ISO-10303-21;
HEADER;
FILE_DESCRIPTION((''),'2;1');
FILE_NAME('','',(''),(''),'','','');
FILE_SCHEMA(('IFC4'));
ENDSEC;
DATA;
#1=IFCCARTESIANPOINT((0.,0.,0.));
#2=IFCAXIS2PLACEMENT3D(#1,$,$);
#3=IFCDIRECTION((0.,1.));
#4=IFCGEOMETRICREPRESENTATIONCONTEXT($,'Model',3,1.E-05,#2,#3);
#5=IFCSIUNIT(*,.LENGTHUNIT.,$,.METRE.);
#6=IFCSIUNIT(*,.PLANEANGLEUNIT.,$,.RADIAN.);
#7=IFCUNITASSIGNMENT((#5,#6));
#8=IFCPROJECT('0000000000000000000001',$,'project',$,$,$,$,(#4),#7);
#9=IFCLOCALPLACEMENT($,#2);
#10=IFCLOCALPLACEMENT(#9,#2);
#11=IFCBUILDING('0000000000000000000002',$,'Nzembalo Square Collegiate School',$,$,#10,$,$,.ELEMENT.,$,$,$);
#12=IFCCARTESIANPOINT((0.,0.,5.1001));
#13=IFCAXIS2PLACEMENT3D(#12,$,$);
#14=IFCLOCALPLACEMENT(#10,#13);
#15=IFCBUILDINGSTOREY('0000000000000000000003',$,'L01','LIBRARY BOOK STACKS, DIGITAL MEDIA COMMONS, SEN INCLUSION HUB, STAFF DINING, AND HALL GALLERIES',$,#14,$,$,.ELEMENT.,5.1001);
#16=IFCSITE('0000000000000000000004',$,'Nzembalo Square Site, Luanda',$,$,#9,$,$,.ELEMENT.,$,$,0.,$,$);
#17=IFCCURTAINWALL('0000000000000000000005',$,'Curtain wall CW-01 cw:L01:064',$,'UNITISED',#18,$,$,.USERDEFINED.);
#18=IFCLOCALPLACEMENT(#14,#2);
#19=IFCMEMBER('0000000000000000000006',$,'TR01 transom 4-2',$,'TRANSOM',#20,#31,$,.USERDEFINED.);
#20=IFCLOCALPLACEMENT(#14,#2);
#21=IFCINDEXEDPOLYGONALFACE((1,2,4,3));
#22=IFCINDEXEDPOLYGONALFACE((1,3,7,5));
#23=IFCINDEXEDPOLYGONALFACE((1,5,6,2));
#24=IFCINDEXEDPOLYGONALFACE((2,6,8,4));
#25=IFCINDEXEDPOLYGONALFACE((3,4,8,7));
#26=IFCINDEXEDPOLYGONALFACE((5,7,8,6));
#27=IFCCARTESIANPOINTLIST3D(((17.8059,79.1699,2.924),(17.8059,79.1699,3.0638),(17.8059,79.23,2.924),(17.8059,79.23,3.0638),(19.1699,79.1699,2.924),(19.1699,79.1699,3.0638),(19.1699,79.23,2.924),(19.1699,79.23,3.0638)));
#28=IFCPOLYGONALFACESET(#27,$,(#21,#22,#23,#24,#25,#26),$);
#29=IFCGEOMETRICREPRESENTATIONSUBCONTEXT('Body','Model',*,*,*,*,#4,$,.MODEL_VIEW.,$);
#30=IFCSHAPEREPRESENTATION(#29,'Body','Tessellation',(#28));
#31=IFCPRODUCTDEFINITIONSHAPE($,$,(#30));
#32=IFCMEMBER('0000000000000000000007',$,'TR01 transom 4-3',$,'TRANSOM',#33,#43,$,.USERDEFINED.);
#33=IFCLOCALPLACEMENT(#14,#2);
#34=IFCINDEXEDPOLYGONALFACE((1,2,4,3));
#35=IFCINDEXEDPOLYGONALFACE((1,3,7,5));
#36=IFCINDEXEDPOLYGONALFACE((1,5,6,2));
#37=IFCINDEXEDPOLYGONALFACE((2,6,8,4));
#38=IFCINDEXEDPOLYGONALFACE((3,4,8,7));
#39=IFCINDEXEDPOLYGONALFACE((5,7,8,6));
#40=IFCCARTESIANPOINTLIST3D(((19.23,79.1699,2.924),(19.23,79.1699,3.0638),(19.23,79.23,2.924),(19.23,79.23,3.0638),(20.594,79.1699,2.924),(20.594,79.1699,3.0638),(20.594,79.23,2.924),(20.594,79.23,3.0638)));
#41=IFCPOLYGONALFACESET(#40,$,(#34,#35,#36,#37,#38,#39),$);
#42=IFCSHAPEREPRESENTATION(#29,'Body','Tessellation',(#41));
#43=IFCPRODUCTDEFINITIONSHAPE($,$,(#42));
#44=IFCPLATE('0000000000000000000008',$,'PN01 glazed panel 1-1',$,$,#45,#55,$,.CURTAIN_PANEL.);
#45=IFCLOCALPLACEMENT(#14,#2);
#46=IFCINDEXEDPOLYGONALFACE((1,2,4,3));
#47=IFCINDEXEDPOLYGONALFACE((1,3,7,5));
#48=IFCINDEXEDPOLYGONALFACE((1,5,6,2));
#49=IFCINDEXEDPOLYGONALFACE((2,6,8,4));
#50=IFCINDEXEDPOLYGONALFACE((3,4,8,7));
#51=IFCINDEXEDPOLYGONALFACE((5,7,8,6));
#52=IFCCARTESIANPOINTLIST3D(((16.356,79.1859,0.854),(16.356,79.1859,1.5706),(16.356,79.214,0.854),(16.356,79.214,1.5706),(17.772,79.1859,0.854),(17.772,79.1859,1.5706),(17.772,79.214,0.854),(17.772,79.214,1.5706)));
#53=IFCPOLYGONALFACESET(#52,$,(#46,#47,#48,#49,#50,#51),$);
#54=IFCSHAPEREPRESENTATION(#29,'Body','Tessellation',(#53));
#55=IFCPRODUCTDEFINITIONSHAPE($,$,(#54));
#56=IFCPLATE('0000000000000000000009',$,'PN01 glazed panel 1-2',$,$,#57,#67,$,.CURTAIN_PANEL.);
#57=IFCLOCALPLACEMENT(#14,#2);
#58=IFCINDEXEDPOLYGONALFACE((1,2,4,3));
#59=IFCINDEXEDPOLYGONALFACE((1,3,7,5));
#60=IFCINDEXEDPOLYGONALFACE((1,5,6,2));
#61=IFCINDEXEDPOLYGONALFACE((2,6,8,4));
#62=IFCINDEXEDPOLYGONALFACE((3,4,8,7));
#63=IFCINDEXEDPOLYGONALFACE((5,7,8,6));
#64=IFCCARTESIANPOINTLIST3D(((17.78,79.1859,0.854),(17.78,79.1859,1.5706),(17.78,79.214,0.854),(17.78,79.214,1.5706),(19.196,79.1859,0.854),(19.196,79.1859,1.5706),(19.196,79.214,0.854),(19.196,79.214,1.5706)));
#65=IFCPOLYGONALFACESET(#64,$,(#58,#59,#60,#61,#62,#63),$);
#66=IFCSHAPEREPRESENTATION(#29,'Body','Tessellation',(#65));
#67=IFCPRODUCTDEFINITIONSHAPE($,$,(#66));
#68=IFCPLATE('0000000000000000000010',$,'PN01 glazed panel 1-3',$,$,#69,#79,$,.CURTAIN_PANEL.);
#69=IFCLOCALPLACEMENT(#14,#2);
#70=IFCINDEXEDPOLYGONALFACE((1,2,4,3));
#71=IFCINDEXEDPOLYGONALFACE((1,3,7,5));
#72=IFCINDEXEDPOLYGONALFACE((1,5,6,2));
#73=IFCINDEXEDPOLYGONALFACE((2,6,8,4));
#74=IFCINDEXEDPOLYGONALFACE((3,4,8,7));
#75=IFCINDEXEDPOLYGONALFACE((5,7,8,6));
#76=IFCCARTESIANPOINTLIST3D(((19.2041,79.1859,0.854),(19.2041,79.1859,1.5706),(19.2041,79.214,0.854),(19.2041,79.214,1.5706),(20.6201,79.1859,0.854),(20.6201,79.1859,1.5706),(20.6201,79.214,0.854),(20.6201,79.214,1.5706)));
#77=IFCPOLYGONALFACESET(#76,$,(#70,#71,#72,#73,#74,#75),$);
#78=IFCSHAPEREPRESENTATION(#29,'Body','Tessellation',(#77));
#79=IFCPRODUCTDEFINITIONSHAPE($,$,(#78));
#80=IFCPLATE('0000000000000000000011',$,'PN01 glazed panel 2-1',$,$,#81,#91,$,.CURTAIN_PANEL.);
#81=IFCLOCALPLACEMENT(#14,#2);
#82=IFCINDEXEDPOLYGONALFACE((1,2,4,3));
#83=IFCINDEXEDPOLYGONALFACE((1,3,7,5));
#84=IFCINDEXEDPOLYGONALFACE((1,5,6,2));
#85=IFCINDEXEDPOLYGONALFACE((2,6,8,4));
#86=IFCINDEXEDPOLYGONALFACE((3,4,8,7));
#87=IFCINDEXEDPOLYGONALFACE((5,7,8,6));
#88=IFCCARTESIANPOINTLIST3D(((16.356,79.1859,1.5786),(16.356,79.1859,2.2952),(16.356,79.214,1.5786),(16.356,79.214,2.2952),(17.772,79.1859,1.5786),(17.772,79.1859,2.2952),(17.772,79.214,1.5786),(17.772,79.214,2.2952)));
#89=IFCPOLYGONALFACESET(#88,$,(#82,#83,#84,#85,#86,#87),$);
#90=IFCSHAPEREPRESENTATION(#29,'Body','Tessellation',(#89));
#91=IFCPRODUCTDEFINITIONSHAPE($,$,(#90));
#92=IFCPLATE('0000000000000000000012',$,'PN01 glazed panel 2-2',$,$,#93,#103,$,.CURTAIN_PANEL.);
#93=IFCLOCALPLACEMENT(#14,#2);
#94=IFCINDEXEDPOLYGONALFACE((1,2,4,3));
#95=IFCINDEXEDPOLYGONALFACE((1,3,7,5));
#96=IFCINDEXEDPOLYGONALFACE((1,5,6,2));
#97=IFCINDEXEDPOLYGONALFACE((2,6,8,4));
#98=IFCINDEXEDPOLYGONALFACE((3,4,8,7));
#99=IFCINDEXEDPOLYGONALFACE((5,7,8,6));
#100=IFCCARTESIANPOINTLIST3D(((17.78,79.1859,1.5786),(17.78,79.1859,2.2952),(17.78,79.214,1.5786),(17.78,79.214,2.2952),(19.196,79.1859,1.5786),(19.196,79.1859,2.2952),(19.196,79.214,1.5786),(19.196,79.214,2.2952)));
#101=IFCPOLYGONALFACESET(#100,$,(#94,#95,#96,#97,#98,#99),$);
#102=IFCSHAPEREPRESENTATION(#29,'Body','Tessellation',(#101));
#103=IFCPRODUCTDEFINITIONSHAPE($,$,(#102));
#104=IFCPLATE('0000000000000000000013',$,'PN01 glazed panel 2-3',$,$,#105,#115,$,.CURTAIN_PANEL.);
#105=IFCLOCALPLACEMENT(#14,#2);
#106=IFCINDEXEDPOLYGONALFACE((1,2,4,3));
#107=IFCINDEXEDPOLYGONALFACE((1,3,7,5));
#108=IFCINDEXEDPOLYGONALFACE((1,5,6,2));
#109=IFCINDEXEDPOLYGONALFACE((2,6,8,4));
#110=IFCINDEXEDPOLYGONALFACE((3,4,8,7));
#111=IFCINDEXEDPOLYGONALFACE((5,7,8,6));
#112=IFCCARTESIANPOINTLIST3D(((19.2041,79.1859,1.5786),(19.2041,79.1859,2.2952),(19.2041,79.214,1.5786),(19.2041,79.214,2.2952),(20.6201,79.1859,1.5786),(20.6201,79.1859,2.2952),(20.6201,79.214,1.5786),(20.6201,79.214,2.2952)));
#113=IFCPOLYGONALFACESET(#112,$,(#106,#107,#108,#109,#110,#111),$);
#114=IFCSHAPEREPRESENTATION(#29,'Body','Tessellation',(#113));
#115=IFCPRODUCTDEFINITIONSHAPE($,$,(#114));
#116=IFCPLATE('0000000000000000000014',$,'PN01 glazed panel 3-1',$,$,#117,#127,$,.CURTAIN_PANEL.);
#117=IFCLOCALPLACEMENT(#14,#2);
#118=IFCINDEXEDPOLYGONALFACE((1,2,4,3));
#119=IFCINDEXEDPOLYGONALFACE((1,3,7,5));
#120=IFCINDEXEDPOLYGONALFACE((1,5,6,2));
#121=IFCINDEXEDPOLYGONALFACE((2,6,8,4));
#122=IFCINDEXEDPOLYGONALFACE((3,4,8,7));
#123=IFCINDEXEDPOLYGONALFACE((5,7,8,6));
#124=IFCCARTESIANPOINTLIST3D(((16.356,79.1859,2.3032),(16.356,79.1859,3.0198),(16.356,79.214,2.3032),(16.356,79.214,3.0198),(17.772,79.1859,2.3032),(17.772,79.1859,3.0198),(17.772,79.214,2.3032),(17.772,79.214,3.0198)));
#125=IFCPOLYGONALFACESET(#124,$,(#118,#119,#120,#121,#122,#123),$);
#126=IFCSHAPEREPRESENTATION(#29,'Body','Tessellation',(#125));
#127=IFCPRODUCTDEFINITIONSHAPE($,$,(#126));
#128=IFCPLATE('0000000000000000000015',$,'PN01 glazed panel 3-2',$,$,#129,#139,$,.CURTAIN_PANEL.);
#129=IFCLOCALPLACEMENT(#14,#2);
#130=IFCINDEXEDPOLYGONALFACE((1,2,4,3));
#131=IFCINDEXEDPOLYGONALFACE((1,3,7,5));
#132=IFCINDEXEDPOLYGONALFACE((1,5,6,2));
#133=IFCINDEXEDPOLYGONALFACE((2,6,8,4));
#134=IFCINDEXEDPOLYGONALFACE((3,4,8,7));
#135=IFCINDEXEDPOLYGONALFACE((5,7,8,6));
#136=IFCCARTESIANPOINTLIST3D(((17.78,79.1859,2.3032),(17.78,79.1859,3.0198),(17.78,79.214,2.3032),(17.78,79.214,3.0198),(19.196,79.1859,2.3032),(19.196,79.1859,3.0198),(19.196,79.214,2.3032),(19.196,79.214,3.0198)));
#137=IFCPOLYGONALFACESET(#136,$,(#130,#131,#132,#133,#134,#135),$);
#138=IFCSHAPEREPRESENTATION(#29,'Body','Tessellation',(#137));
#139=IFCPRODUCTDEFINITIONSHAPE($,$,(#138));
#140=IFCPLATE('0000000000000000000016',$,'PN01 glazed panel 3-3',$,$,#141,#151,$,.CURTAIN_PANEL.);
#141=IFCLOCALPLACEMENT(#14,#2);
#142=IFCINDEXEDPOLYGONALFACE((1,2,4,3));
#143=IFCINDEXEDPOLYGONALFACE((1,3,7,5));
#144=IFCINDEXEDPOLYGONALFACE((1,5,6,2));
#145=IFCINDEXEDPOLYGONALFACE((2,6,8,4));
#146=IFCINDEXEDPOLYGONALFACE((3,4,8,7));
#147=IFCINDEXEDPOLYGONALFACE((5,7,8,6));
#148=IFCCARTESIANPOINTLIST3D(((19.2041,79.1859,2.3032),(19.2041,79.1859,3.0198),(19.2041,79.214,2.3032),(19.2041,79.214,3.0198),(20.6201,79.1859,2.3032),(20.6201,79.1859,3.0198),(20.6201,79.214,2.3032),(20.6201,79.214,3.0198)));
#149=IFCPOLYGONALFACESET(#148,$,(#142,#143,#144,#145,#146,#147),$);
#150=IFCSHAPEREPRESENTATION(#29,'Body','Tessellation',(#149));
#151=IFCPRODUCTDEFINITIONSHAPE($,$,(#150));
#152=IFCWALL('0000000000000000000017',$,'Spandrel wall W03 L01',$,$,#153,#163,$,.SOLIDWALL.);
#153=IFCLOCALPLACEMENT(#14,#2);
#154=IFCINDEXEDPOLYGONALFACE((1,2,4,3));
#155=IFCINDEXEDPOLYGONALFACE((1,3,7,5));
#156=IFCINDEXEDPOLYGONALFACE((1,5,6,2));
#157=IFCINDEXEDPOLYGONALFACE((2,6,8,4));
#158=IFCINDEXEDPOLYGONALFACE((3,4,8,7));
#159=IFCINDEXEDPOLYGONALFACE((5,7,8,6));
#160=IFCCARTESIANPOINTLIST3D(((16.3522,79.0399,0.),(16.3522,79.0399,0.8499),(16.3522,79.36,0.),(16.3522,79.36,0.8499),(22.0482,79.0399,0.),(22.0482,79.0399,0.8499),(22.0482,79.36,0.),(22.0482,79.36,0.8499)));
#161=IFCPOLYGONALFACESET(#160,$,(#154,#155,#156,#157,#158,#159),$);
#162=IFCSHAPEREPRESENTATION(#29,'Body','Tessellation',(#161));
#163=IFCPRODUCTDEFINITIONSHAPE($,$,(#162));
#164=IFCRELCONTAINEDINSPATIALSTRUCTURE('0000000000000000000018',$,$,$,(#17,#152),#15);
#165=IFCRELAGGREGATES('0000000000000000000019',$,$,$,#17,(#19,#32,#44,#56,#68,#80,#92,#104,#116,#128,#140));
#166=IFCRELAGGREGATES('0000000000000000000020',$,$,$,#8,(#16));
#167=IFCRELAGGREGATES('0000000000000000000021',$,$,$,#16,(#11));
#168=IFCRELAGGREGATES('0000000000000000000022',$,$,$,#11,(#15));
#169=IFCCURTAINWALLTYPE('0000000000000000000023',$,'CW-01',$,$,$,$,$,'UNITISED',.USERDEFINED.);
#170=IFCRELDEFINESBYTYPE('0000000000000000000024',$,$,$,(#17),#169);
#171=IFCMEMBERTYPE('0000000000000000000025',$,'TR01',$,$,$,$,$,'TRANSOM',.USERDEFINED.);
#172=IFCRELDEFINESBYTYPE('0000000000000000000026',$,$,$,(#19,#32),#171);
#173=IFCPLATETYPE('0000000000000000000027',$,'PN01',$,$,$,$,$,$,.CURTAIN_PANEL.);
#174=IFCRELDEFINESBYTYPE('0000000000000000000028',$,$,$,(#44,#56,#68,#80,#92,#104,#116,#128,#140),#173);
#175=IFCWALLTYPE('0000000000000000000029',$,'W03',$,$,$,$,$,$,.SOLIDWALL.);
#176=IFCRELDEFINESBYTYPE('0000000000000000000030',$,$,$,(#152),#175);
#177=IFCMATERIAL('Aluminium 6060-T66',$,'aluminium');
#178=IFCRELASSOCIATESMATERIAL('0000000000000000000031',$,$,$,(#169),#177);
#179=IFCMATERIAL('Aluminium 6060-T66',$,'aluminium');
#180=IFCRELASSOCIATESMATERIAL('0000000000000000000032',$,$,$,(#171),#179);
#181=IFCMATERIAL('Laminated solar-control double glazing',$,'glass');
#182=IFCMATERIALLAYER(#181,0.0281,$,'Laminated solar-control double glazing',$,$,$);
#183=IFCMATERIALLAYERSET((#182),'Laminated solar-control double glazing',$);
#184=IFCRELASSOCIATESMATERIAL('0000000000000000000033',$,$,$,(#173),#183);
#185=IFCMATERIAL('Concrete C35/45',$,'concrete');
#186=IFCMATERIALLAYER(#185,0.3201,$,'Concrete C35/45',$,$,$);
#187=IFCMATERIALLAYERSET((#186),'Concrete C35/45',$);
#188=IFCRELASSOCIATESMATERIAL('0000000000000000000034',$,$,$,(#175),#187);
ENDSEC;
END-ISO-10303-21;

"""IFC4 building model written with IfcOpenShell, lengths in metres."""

from ifc_helpers import new_model, si_unit, direction, frame, frame_2d, origin, origin_2d, place, context, subcontext, project, spatial, rectangle, extrude, material, layer, layer_set, material_profile, profile_set, type_object, element, aggregate, save


model = new_model("IFC4")

# Units and contexts
model_context = context("Model", 3, precision=1e-05, world=origin(), true_north=direction((0.0, 1.0)))
body_context = subcontext(model_context, "Body", "Model", "MODEL_VIEW")
ifc_project = project(units=[si_unit("LENGTHUNIT", "METRE"), si_unit("PLANEANGLEUNIT", "RADIAN")], contexts=[model_context])

# Site, building, storey
site_placement = place(None, origin())
site = spatial("IfcSite", under=ifc_project, at=site_placement, Name="Nzembalo Square Site, Luanda", CompositionType="ELEMENT", RefElevation=0.0)
building_placement = place(site_placement, origin())
building = spatial("IfcBuilding", under=site, at=building_placement, Name="Nzembalo Square Collegiate School", CompositionType="ELEMENT")
storey_placement = place(building_placement, frame((0.0, 0.0, 5.1001)))
storey = spatial("IfcBuildingStorey", under=building, at=storey_placement, Name="L01", Description="LIBRARY BOOK STACKS, DIGITAL MEDIA COMMONS, SEN INCLUSION HUB, STAFF DINING, AND HALL GALLERIES", CompositionType="ELEMENT", Elevation=5.1001)

# Curtain wall, members, plates
ifc_material_1 = material(Name="Aluminium 6060-T66", Category="aluminium")
curtain_wall_type = type_object("IfcCurtainWallType", Name="CW-01", ElementType="UNITISED", PredefinedType="USERDEFINED", material=ifc_material_1)
curtain_wall_placement = place(storey_placement, origin())
curtain_wall = element("IfcCurtainWall", 1, at=curtain_wall_placement, inside=storey, type_object=curtain_wall_type, Name="Curtain wall CW-01 cw:L01:064", ObjectType="UNITISED", PredefinedType="USERDEFINED")
ifc_material_2 = material(Name="Aluminium 6060-T66", Category="aluminium")
ifc_material_profile_1 = material_profile(ifc_material_2, rectangle(XDim=0.0601, YDim=0.1399, at=origin_2d()), Name="ALU T60x140")
ifc_profile_set_1 = profile_set([ifc_material_profile_1], Name="Aluminium 6060-T66")
member_type_1 = type_object("IfcMemberType", Name="TR01", ElementType="TRANSOM", PredefinedType="USERDEFINED", material=ifc_profile_set_1)
member_1_placement = place(storey_placement, frame((17.8059, 79.2, 2.9939), z_axis=(1.0, 0.0, 0.0), x_axis=(0.0, 1.0, 0.0)))
member_1 = element("IfcMember", 2, at=member_1_placement, type_object=member_type_1, Name="TR01 transom 4-2", ObjectType="TRANSOM", PredefinedType="USERDEFINED", context=body_context, shape_type="SweptSolid", body=[
    extrude(rectangle(XDim=0.0601, YDim=0.1399, at=origin_2d()), origin(), (0.0, 0.0, 1.0), 1.364),
])
member_2_placement = place(storey_placement, frame((19.23, 79.2, 2.9939), z_axis=(1.0, 0.0, 0.0), x_axis=(0.0, 1.0, 0.0)))
member_2 = element("IfcMember", 3, at=member_2_placement, type_object=member_type_1, Name="TR01 transom 4-3", ObjectType="TRANSOM", PredefinedType="USERDEFINED", context=body_context, shape_type="SweptSolid", body=[
    extrude(rectangle(XDim=0.0601, YDim=0.1399, at=origin_2d()), origin(), (0.0, 0.0, 1.0), 1.364),
])
ifc_material_3 = material(Name="Laminated solar-control double glazing", Category="glass")
ifc_layer_1 = layer(ifc_material_3, 0.0281, Name="Laminated solar-control double glazing")
ifc_layer_set_1 = layer_set([ifc_layer_1], Name="Laminated solar-control double glazing")
plate_type = type_object("IfcPlateType", Name="PN01", PredefinedType="CURTAIN_PANEL", material=ifc_layer_set_1)
plate_1_placement = place(storey_placement, frame((17.064, 79.2, 0.854), z_axis=(0.0, 0.0, 1.0), x_axis=(1.0, 0.0, 0.0)))
plate_1 = element("IfcPlate", 4, at=plate_1_placement, type_object=plate_type, Name="PN01 glazed panel 1-1", PredefinedType="CURTAIN_PANEL", context=body_context, shape_type="SweptSolid", body=[
    extrude(rectangle(XDim=1.416, YDim=0.0281, at=origin_2d()), origin(), (0.0, 0.0, 1.0), 0.7166),
])
plate_2_placement = place(storey_placement, frame((18.488, 79.2, 0.854), z_axis=(0.0, 0.0, 1.0), x_axis=(1.0, 0.0, 0.0)))
plate_2 = element("IfcPlate", 5, at=plate_2_placement, type_object=plate_type, Name="PN01 glazed panel 1-2", PredefinedType="CURTAIN_PANEL", context=body_context, shape_type="SweptSolid", body=[
    extrude(rectangle(XDim=1.416, YDim=0.0281, at=origin_2d()), origin(), (0.0, 0.0, 1.0), 0.7166),
])
plate_3_placement = place(storey_placement, frame((19.9121, 79.2, 0.854), z_axis=(0.0, 0.0, 1.0), x_axis=(1.0, 0.0, 0.0)))
plate_3 = element("IfcPlate", 6, at=plate_3_placement, type_object=plate_type, Name="PN01 glazed panel 1-3", PredefinedType="CURTAIN_PANEL", context=body_context, shape_type="SweptSolid", body=[
    extrude(rectangle(XDim=1.416, YDim=0.0281, at=origin_2d()), origin(), (0.0, 0.0, 1.0), 0.7166),
])
plate_4_placement = place(storey_placement, frame((17.064, 79.2, 1.5786), z_axis=(0.0, 0.0, 1.0), x_axis=(1.0, 0.0, 0.0)))
plate_4 = element("IfcPlate", 7, at=plate_4_placement, type_object=plate_type, Name="PN01 glazed panel 2-1", PredefinedType="CURTAIN_PANEL", context=body_context, shape_type="SweptSolid", body=[
    extrude(rectangle(XDim=1.416, YDim=0.0281, at=origin_2d()), origin(), (0.0, 0.0, 1.0), 0.7166),
])
plate_5_placement = place(storey_placement, frame((18.488, 79.2, 1.5786), z_axis=(0.0, 0.0, 1.0), x_axis=(1.0, 0.0, 0.0)))
plate_5 = element("IfcPlate", 8, at=plate_5_placement, type_object=plate_type, Name="PN01 glazed panel 2-2", PredefinedType="CURTAIN_PANEL", context=body_context, shape_type="SweptSolid", body=[
    extrude(rectangle(XDim=1.416, YDim=0.0281, at=origin_2d()), origin(), (0.0, 0.0, 1.0), 0.7166),
])
plate_6_placement = place(storey_placement, frame((19.9121, 79.2, 1.5786), z_axis=(0.0, 0.0, 1.0), x_axis=(1.0, 0.0, 0.0)))
plate_6 = element("IfcPlate", 9, at=plate_6_placement, type_object=plate_type, Name="PN01 glazed panel 2-3", PredefinedType="CURTAIN_PANEL", context=body_context, shape_type="SweptSolid", body=[
    extrude(rectangle(XDim=1.416, YDim=0.0281, at=origin_2d()), origin(), (0.0, 0.0, 1.0), 0.7166),
])
plate_7_placement = place(storey_placement, frame((17.064, 79.2, 2.3032), z_axis=(0.0, 0.0, 1.0), x_axis=(1.0, 0.0, 0.0)))
plate_7 = element("IfcPlate", 10, at=plate_7_placement, type_object=plate_type, Name="PN01 glazed panel 3-1", PredefinedType="CURTAIN_PANEL", context=body_context, shape_type="SweptSolid", body=[
    extrude(rectangle(XDim=1.416, YDim=0.0281, at=origin_2d()), origin(), (0.0, 0.0, 1.0), 0.7166),
])
plate_8_placement = place(storey_placement, frame((18.488, 79.2, 2.3032), z_axis=(0.0, 0.0, 1.0), x_axis=(1.0, 0.0, 0.0)))
plate_8 = element("IfcPlate", 11, at=plate_8_placement, type_object=plate_type, Name="PN01 glazed panel 3-2", PredefinedType="CURTAIN_PANEL", context=body_context, shape_type="SweptSolid", body=[
    extrude(rectangle(XDim=1.416, YDim=0.0281, at=origin_2d()), origin(), (0.0, 0.0, 1.0), 0.7166),
])
plate_9_placement = place(storey_placement, frame((19.9121, 79.2, 2.3032), z_axis=(0.0, 0.0, 1.0), x_axis=(1.0, 0.0, 0.0)))
plate_9 = element("IfcPlate", 12, at=plate_9_placement, type_object=plate_type, Name="PN01 glazed panel 3-3", PredefinedType="CURTAIN_PANEL", context=body_context, shape_type="SweptSolid", body=[
    extrude(rectangle(XDim=1.416, YDim=0.0281, at=origin_2d()), origin(), (0.0, 0.0, 1.0), 0.7166),
])
aggregate(curtain_wall, [member_1, member_2, plate_1, plate_2, plate_3, plate_4, plate_5, plate_6, plate_7, plate_8, plate_9])

# Wall
ifc_material_4 = material(Name="Concrete C35/45", Category="concrete")
ifc_layer_2 = layer(ifc_material_4, 0.3201, Name="Concrete C35/45")
ifc_layer_set_2 = layer_set([ifc_layer_2], Name="Concrete C35/45")
wall_type = type_object("IfcWallType", Name="W03", PredefinedType="SOLIDWALL", material=ifc_layer_set_2)
wall_placement = place(storey_placement, frame((16.3521, 79.2, 0.0), z_axis=(0.0, 0.0, 1.0), x_axis=(1.0, 0.0, 0.0)))
element("IfcWall", 13, at=wall_placement, inside=storey, type_object=wall_type, Name="Spandrel wall W03 L01", PredefinedType="SOLIDWALL", context=body_context, shape_type="SweptSolid", body=[
    extrude(rectangle(XDim=5.696, YDim=0.3201, at=frame_2d((2.8481, 0.0))), origin(), (0.0, 0.0, 1.0), 0.8499),
])

save(model, "model.ifc")
